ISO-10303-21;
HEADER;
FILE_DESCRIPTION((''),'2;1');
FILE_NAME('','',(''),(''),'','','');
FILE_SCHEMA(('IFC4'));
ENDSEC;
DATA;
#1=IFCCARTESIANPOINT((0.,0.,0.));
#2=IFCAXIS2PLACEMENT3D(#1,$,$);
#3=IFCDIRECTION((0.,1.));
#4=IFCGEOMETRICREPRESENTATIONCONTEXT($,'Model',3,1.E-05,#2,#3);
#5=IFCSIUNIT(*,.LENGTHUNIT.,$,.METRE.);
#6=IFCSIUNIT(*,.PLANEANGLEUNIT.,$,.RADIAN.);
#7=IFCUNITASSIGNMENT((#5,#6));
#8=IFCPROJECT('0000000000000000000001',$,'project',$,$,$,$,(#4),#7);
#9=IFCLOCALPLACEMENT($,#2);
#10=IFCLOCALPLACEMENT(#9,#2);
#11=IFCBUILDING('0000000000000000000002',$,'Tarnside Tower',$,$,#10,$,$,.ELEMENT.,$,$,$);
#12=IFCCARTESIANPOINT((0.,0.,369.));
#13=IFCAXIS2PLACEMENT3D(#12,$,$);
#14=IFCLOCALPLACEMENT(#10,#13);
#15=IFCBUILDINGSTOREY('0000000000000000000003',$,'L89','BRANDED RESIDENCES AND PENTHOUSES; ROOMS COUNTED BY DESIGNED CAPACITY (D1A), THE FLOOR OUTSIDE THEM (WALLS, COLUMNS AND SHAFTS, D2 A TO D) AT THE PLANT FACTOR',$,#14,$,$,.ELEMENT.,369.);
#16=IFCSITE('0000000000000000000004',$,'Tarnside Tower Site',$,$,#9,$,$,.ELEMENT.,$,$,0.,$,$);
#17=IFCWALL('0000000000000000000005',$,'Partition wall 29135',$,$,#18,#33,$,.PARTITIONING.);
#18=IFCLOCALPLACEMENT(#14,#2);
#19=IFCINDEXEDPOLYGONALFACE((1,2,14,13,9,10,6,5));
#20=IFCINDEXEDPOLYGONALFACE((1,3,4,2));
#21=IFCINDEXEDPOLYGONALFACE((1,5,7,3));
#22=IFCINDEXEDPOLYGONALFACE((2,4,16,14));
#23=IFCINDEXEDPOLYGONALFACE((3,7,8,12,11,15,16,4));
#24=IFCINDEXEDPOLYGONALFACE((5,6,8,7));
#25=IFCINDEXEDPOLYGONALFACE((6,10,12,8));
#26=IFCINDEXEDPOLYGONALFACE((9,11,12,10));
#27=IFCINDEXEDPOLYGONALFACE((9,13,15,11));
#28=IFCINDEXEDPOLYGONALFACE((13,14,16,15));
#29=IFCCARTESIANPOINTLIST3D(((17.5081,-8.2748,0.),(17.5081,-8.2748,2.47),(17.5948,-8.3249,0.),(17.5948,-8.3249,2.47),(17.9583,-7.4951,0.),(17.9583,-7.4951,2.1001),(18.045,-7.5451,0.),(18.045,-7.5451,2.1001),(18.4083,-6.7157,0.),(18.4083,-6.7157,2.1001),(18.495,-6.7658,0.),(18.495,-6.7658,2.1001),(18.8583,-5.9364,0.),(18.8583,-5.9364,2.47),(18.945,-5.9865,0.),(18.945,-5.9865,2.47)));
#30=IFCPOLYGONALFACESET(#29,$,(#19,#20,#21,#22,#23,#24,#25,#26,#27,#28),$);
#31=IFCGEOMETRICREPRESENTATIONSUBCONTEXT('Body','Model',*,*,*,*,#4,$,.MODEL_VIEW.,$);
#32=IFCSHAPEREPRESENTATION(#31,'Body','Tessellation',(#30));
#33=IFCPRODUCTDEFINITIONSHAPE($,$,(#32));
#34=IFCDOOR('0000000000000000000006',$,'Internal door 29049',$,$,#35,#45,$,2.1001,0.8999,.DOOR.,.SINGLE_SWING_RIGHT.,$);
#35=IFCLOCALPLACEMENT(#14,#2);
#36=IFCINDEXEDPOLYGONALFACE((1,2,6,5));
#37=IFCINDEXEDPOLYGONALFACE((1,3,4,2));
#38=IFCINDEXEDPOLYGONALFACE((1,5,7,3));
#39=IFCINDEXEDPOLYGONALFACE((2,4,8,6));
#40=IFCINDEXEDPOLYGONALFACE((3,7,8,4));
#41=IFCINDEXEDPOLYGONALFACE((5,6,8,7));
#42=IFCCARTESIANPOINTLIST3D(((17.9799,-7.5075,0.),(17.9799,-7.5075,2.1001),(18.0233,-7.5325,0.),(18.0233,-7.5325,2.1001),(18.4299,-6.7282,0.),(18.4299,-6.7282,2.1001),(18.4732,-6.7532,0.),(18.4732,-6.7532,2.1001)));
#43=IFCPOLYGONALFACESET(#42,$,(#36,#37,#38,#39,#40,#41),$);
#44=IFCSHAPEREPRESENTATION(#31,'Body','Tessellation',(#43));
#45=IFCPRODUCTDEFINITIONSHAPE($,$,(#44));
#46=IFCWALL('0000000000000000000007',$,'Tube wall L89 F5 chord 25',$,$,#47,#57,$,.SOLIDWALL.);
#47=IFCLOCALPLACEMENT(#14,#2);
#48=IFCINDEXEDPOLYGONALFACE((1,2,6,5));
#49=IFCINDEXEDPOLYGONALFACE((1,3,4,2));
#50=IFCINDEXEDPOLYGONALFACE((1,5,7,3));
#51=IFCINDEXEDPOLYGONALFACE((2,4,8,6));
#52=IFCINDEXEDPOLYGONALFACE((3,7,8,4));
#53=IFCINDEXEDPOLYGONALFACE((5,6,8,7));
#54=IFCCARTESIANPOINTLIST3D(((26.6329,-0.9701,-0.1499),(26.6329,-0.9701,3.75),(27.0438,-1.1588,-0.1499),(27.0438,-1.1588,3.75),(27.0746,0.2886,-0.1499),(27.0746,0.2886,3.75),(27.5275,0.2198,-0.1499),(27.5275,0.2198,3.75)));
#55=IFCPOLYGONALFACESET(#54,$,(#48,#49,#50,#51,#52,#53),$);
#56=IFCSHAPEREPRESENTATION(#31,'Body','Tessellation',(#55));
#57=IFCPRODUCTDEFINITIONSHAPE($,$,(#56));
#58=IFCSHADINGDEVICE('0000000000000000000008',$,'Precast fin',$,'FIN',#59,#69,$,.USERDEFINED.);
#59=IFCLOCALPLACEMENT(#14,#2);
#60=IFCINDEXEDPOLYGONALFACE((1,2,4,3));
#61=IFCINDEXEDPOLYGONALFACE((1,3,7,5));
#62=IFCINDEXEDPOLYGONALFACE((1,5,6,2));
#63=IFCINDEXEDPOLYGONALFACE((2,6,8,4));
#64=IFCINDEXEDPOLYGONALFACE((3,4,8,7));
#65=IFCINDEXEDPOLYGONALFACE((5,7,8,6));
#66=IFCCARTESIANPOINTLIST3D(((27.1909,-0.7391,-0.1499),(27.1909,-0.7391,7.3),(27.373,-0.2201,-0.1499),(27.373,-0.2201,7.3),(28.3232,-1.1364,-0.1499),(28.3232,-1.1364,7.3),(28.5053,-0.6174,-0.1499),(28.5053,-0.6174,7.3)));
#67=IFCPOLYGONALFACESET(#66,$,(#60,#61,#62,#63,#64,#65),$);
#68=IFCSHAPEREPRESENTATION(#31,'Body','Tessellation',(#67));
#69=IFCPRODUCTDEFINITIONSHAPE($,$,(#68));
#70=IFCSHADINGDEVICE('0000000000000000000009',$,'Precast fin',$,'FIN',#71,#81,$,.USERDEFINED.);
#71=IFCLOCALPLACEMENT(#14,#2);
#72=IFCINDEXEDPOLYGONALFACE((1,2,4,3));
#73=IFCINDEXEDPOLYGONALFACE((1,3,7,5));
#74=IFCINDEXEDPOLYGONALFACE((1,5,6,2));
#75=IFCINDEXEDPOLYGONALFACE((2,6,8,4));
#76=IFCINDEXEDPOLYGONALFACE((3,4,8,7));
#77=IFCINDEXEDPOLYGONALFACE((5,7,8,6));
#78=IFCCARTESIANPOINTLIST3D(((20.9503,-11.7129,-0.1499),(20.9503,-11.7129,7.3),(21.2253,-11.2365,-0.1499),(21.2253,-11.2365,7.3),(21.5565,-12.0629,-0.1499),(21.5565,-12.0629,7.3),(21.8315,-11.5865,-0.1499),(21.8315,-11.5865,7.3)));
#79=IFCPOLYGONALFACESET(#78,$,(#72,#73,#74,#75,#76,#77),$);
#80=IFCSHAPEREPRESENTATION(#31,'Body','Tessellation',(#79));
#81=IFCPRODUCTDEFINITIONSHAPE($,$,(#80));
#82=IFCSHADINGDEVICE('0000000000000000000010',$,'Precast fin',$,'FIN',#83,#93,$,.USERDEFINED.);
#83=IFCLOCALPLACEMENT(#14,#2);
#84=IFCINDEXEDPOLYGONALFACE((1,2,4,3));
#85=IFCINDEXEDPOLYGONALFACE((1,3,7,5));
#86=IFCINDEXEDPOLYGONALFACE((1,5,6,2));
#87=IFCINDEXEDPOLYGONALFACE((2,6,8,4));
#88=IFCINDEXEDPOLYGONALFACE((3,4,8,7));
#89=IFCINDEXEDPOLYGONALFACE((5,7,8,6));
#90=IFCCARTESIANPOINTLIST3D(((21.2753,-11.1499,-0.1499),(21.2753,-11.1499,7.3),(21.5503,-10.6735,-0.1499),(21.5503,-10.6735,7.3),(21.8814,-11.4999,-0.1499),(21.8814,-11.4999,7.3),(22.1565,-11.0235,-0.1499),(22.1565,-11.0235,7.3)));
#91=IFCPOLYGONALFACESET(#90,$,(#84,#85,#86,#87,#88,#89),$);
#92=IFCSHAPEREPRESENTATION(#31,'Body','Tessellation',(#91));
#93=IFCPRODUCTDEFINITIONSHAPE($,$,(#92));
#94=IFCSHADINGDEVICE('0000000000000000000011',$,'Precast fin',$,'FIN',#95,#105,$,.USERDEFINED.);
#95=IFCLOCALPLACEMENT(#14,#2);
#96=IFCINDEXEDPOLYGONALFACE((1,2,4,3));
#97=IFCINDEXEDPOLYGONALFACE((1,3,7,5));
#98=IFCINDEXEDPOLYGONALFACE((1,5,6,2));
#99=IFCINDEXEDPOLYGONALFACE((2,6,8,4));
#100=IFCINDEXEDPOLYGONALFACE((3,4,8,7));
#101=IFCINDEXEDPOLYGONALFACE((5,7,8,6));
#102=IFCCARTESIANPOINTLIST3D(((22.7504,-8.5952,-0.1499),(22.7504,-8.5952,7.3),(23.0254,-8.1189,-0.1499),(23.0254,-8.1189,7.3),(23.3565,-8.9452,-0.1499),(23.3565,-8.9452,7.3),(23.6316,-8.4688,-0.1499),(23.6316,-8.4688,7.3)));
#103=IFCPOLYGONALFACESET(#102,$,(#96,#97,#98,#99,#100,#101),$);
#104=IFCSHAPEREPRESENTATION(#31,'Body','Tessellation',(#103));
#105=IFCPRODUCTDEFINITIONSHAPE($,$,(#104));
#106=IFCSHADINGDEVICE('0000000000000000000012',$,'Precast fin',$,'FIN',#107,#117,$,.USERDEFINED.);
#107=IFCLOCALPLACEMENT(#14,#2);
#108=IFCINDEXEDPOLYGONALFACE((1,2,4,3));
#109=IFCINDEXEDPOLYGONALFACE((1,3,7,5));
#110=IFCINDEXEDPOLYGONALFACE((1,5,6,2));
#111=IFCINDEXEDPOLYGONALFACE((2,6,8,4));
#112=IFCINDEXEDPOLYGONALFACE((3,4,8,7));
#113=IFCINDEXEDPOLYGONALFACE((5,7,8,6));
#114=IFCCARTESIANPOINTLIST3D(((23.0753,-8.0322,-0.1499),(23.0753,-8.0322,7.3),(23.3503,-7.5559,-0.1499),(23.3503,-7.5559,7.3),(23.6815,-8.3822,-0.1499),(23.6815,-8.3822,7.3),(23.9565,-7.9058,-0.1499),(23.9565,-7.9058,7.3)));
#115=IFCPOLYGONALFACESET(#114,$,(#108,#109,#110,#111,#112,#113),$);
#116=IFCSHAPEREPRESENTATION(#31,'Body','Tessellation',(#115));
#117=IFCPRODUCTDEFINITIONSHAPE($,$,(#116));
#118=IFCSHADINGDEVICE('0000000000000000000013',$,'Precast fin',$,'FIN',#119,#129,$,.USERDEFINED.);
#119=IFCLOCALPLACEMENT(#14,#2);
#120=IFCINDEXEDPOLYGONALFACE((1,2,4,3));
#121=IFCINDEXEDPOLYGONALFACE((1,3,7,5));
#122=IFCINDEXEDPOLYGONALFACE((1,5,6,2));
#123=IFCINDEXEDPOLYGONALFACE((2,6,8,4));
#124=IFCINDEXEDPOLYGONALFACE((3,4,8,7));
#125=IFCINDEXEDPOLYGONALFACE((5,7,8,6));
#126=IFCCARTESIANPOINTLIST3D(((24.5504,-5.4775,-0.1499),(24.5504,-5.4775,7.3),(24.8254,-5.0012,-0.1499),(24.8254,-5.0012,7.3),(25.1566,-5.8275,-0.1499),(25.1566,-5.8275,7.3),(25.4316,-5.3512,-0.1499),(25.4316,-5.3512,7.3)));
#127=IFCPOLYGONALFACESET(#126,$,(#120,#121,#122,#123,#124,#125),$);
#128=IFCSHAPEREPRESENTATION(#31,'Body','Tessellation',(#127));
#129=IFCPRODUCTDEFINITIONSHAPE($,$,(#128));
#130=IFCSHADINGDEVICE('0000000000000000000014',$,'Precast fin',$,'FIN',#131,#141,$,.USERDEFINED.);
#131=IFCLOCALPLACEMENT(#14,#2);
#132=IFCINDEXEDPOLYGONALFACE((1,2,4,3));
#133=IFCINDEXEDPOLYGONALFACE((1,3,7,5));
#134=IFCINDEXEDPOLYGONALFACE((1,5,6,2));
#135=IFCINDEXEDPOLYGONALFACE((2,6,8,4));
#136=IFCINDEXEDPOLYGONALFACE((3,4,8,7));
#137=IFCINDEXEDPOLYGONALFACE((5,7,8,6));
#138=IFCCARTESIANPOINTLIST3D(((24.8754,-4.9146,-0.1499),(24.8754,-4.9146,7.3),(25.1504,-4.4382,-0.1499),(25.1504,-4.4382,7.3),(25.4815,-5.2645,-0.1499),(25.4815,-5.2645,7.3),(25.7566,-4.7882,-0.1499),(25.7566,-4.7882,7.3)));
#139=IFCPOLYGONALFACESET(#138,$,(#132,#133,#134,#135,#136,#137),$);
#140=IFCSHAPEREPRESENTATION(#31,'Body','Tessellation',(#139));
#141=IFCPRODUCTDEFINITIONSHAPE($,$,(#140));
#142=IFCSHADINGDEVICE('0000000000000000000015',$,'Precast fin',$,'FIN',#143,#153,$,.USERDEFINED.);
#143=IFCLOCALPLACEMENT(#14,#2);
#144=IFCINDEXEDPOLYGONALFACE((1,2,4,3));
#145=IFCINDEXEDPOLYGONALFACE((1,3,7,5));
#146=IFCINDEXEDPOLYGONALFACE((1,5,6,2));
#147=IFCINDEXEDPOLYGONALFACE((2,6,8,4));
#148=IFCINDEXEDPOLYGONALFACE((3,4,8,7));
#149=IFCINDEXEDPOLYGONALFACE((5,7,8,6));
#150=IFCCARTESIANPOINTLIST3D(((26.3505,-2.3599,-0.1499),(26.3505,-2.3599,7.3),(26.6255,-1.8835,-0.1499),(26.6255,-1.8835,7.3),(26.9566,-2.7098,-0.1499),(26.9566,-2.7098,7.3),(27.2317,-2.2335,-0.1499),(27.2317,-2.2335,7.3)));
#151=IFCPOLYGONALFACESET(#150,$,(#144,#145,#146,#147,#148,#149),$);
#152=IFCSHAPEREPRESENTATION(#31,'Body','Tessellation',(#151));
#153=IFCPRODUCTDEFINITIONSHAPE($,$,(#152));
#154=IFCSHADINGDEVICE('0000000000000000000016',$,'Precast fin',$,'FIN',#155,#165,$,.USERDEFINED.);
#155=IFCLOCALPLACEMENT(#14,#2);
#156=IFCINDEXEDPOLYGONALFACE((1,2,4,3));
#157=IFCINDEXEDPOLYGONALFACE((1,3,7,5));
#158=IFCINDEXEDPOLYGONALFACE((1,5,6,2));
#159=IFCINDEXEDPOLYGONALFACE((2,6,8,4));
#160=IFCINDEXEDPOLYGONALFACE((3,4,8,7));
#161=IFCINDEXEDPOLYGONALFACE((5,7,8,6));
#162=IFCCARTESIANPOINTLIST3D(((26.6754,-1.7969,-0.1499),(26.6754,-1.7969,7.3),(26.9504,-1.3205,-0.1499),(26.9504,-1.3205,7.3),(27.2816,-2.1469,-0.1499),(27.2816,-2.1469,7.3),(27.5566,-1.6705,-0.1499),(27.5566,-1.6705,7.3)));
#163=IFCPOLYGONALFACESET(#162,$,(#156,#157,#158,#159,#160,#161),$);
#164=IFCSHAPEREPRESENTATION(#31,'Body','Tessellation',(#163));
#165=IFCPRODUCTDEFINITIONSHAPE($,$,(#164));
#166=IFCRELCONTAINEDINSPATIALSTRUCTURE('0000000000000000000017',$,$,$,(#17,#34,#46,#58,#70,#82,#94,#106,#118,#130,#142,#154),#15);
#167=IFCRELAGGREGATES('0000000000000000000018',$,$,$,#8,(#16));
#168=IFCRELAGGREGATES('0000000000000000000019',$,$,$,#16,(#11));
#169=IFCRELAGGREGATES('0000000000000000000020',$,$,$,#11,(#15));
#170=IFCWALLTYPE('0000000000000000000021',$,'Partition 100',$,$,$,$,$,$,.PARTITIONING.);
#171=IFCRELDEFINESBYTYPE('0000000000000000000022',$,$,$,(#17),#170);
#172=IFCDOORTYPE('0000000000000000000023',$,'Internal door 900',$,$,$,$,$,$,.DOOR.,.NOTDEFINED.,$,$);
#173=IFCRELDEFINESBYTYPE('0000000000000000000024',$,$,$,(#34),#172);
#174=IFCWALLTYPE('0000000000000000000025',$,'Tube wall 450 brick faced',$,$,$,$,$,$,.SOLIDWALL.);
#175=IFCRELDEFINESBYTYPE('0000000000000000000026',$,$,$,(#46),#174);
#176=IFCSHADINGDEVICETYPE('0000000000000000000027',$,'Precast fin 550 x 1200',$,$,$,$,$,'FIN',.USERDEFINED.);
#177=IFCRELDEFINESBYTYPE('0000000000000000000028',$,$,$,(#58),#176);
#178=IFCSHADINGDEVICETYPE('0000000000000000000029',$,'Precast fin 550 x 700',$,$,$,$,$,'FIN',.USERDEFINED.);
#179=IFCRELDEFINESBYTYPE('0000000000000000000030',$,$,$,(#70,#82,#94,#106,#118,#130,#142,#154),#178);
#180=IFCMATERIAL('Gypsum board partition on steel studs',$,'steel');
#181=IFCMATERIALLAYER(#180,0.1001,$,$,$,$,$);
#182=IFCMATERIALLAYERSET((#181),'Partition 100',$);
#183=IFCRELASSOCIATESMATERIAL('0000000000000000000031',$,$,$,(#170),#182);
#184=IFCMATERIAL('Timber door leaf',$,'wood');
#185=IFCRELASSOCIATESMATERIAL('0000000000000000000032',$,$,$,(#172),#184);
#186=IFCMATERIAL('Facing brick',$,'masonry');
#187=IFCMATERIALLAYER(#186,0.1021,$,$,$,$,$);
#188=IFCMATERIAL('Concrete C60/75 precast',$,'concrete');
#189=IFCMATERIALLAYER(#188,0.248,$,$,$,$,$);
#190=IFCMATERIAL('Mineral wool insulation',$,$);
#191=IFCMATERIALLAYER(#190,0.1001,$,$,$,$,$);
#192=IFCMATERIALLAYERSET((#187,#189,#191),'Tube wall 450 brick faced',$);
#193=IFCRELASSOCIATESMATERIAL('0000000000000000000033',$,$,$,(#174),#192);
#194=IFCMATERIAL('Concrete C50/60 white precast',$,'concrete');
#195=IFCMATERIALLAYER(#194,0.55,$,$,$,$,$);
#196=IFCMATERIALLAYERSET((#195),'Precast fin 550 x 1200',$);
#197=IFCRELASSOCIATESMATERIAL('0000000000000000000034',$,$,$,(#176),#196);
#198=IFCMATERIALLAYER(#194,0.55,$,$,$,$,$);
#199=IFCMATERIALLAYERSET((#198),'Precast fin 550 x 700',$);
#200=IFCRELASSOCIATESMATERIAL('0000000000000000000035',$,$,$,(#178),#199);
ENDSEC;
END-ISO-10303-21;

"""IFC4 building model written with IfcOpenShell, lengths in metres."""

from ifc_helpers import new_model, si_unit, direction, frame, frame_2d, origin, place, context, subcontext, project, spatial, polyline, rectangle, outline, extrude, material, layer, layer_set, type_object, element, fill, save


model = new_model("IFC4")

# Units and contexts
model_context = context("Model", 3, precision=1e-05, world=origin(), true_north=direction((0.0, 1.0)))
body_context = subcontext(model_context, "Body", "Model", "MODEL_VIEW")
ifc_project = project(units=[si_unit("LENGTHUNIT", "METRE"), si_unit("PLANEANGLEUNIT", "RADIAN")], contexts=[model_context])

# Site, building, storey
site_placement = place(None, origin())
site = spatial("IfcSite", under=ifc_project, at=site_placement, Name="Tarnside Tower Site", CompositionType="ELEMENT", RefElevation=0.0)
building_placement = place(site_placement, origin())
building = spatial("IfcBuilding", under=site, at=building_placement, Name="Tarnside Tower", CompositionType="ELEMENT")
storey_placement = place(building_placement, frame((0.0, 0.0, 369.0)))
storey = spatial("IfcBuildingStorey", under=building, at=storey_placement, Name="L89", Description="BRANDED RESIDENCES AND PENTHOUSES; ROOMS COUNTED BY DESIGNED CAPACITY (D1A), THE FLOOR OUTSIDE THEM (WALLS, COLUMNS AND SHAFTS, D2 A TO D) AT THE PLANT FACTOR", CompositionType="ELEMENT", Elevation=369.0)

# Shared definitions
ifc_material_1 = material(Name="Gypsum board partition on steel studs", Category="steel")

# Shared definitions
ifc_material_2 = material(Name="Timber door leaf", Category="wood")

# Shared definitions
ifc_layer_1 = layer(ifc_material_1, 0.1001)
ifc_layer_set_1 = layer_set([ifc_layer_1], Name="Partition 100")
wall_type_1 = type_object("IfcWallType", Name="Partition 100", PredefinedType="PARTITIONING", material=ifc_layer_set_1)
door_type_1 = type_object("IfcDoorType", Name="Internal door 900", OperationType="NOTDEFINED", PredefinedType="DOOR", material=ifc_material_2)

# Wall, opening, door
wall_1_placement = place(storey_placement, frame((18.9016, -5.9614, 0.0), z_axis=(0.0, 0.0, 1.0), x_axis=(-0.500009, -0.86602, 0.0)))
wall_1 = element("IfcWall", 1, at=wall_1_placement, inside=storey, type_object=wall_type_1, Name="Partition wall 29135", PredefinedType="PARTITIONING", context=body_context, shape_type="SweptSolid", body=[
    extrude(rectangle(XDim=2.7002, YDim=0.1001, at=frame_2d((1.3501, 0.0))), origin(), (0.0, 0.0, 1.0), 2.47),
])
opening_1_placement = place(wall_1_placement, frame((0.8999, 0.0, 0.0)))
opening_1 = element("IfcOpeningElement", 2, at=opening_1_placement, cuts=wall_1, PredefinedType="OPENING", context=body_context, shape_type="SweptSolid", body=[
    extrude(rectangle(XDim=0.8999, YDim=2.1001, at=frame_2d((0.45, 1.05))), frame((0.0, 0.0601, 0.0), z_axis=(0.0, -1.0, 0.0), x_axis=(1.0, 0.0, 0.0)), (0.0, 0.0, 1.0), 0.1201),
])
door_1_placement = place(opening_1_placement, origin())
door_1 = element("IfcDoor", 3, at=door_1_placement, inside=storey, type_object=door_type_1, Name="Internal door 29049", OperationType="SINGLE_SWING_RIGHT", OverallHeight=2.1001, OverallWidth=0.8999, PredefinedType="DOOR", context=body_context, shape_type="SweptSolid", body=[
    extrude(rectangle(XDim=0.8999, YDim=2.1001, at=frame_2d((0.45, 1.05))), frame((0.0, 0.0249, 0.0), z_axis=(0.0, -1.0, 0.0), x_axis=(1.0, 0.0, 0.0)), (0.0, 0.0, 1.0), 0.05),
])
fill(opening_1, door_1)

# Wall
ifc_material_3 = material(Name="Facing brick", Category="masonry")
ifc_layer_2 = layer(ifc_material_3, 0.1021)
ifc_material_4 = material(Name="Concrete C60/75 precast", Category="concrete")
ifc_layer_3 = layer(ifc_material_4, 0.248)
ifc_material_5 = material(Name="Mineral wool insulation")
ifc_layer_4 = layer(ifc_material_5, 0.1001)
ifc_layer_set_2 = layer_set([ifc_layer_2, ifc_layer_3, ifc_layer_4], Name="Tube wall 450 brick faced")
wall_type_2 = type_object("IfcWallType", Name="Tube wall 450 brick faced", PredefinedType="SOLIDWALL", material=ifc_layer_set_2)
wall_2_placement = place(storey_placement, frame((26.8384, -1.0645, -0.1499), z_axis=(0.0, 0.0, 1.0), x_axis=(0.331074, 0.943605, 0.0)))
element("IfcWall", 4, at=wall_2_placement, inside=storey, type_object=wall_type_2, Name="Tube wall L89 F5 chord 25", PredefinedType="SOLIDWALL", context=body_context, shape_type="SweptSolid", body=[
    extrude(outline(polyline([(-0.021, -0.2251), (1.4399, -0.2251), (1.355, 0.2251), (0.021, 0.2251), (-0.021, -0.2251)])), origin(), (0.0, 0.0, 1.0), 3.8999),
])

# Shading devices
ifc_material_6 = material(Name="Concrete C50/60 white precast", Category="concrete")
ifc_layer_5 = layer(ifc_material_6, 0.55)
ifc_layer_set_3 = layer_set([ifc_layer_5], Name="Precast fin 550 x 1200")
shading_device_type_1 = type_object("IfcShadingDeviceType", Name="Precast fin 550 x 1200", ElementType="FIN", PredefinedType="USERDEFINED", material=ifc_layer_set_3)
shading_device_placement = place(storey_placement, frame((27.282, -0.4795, -0.1499), z_axis=(-0.331063, -0.943609, 0.0), x_axis=(0.943609, -0.331063, 0.0)))
element("IfcShadingDevice", 5, at=shading_device_placement, inside=storey, type_object=shading_device_type_1, Name="Precast fin", ObjectType="FIN", PredefinedType="USERDEFINED", context=body_context, shape_type="SweptSolid", body=[
    extrude(outline(polyline([(0.0, 0.0), (1.2, 0.0), (1.2, 7.45), (0.0, 7.45), (0.0, 0.0)])), frame((0.0, 0.0, -0.2749)), (0.0, 0.0, 1.0), 0.55),
])
ifc_layer_6 = layer(ifc_material_6, 0.55)
ifc_layer_set_4 = layer_set([ifc_layer_6], Name="Precast fin 550 x 700")
shading_device_type_2 = type_object("IfcShadingDeviceType", Name="Precast fin 550 x 700", ElementType="FIN", PredefinedType="USERDEFINED", material=ifc_layer_set_4)
for number, where, z_axis, x_axis, name in (
    (6, (21.0879, -11.4746, -0.1499), (-0.5, -0.866025, 0.0), (0.866025, -0.5, 0.0), "Precast fin"),
    (7, (21.4128, -10.9116, -0.1499), (-0.5, -0.866025, 0.0), (0.866025, -0.5, 0.0), "Precast fin"),
    (8, (22.8879, -8.3569, -0.1499), (-0.5, -0.866025, 0.0), (0.866025, -0.5, 0.0), "Precast fin"),
    (9, (23.2129, -7.7939, -0.1499), (-0.5, -0.866025, 0.0), (0.866025, -0.5, 0.0), "Precast fin"),
    (10, (24.688, -5.2393, -0.1499), (-0.5, -0.866025, 0.0), (0.866025, -0.5, 0.0), "Precast fin"),
    (11, (25.0129, -4.6763, -0.1499), (-0.5, -0.866025, 0.0), (0.866025, -0.5, 0.0), "Precast fin"),
    (12, (26.488, -2.1216, -0.1499), (-0.5, -0.866025, 0.0), (0.866025, -0.5, 0.0), "Precast fin"),
    (13, (26.813, -1.5586, -0.1499), (-0.5, -0.866025, 0.0), (0.866025, -0.5, 0.0), "Precast fin"),
):
    element("IfcShadingDevice", number, at=place(storey_placement, frame(where, z_axis=z_axis, x_axis=x_axis)), inside=storey, type_object=shading_device_type_2, Name=name, ObjectType="FIN", PredefinedType="USERDEFINED", context=body_context, shape_type="SweptSolid", body=[
        extrude(outline(polyline([(0.0, 0.0), (0.7, 0.0), (0.7, 7.45), (0.0, 7.45), (0.0, 0.0)])), frame((0.0, 0.0, -0.2749)), (0.0, 0.0, 1.0), 0.55),
    ])

save(model, "model.ifc")
